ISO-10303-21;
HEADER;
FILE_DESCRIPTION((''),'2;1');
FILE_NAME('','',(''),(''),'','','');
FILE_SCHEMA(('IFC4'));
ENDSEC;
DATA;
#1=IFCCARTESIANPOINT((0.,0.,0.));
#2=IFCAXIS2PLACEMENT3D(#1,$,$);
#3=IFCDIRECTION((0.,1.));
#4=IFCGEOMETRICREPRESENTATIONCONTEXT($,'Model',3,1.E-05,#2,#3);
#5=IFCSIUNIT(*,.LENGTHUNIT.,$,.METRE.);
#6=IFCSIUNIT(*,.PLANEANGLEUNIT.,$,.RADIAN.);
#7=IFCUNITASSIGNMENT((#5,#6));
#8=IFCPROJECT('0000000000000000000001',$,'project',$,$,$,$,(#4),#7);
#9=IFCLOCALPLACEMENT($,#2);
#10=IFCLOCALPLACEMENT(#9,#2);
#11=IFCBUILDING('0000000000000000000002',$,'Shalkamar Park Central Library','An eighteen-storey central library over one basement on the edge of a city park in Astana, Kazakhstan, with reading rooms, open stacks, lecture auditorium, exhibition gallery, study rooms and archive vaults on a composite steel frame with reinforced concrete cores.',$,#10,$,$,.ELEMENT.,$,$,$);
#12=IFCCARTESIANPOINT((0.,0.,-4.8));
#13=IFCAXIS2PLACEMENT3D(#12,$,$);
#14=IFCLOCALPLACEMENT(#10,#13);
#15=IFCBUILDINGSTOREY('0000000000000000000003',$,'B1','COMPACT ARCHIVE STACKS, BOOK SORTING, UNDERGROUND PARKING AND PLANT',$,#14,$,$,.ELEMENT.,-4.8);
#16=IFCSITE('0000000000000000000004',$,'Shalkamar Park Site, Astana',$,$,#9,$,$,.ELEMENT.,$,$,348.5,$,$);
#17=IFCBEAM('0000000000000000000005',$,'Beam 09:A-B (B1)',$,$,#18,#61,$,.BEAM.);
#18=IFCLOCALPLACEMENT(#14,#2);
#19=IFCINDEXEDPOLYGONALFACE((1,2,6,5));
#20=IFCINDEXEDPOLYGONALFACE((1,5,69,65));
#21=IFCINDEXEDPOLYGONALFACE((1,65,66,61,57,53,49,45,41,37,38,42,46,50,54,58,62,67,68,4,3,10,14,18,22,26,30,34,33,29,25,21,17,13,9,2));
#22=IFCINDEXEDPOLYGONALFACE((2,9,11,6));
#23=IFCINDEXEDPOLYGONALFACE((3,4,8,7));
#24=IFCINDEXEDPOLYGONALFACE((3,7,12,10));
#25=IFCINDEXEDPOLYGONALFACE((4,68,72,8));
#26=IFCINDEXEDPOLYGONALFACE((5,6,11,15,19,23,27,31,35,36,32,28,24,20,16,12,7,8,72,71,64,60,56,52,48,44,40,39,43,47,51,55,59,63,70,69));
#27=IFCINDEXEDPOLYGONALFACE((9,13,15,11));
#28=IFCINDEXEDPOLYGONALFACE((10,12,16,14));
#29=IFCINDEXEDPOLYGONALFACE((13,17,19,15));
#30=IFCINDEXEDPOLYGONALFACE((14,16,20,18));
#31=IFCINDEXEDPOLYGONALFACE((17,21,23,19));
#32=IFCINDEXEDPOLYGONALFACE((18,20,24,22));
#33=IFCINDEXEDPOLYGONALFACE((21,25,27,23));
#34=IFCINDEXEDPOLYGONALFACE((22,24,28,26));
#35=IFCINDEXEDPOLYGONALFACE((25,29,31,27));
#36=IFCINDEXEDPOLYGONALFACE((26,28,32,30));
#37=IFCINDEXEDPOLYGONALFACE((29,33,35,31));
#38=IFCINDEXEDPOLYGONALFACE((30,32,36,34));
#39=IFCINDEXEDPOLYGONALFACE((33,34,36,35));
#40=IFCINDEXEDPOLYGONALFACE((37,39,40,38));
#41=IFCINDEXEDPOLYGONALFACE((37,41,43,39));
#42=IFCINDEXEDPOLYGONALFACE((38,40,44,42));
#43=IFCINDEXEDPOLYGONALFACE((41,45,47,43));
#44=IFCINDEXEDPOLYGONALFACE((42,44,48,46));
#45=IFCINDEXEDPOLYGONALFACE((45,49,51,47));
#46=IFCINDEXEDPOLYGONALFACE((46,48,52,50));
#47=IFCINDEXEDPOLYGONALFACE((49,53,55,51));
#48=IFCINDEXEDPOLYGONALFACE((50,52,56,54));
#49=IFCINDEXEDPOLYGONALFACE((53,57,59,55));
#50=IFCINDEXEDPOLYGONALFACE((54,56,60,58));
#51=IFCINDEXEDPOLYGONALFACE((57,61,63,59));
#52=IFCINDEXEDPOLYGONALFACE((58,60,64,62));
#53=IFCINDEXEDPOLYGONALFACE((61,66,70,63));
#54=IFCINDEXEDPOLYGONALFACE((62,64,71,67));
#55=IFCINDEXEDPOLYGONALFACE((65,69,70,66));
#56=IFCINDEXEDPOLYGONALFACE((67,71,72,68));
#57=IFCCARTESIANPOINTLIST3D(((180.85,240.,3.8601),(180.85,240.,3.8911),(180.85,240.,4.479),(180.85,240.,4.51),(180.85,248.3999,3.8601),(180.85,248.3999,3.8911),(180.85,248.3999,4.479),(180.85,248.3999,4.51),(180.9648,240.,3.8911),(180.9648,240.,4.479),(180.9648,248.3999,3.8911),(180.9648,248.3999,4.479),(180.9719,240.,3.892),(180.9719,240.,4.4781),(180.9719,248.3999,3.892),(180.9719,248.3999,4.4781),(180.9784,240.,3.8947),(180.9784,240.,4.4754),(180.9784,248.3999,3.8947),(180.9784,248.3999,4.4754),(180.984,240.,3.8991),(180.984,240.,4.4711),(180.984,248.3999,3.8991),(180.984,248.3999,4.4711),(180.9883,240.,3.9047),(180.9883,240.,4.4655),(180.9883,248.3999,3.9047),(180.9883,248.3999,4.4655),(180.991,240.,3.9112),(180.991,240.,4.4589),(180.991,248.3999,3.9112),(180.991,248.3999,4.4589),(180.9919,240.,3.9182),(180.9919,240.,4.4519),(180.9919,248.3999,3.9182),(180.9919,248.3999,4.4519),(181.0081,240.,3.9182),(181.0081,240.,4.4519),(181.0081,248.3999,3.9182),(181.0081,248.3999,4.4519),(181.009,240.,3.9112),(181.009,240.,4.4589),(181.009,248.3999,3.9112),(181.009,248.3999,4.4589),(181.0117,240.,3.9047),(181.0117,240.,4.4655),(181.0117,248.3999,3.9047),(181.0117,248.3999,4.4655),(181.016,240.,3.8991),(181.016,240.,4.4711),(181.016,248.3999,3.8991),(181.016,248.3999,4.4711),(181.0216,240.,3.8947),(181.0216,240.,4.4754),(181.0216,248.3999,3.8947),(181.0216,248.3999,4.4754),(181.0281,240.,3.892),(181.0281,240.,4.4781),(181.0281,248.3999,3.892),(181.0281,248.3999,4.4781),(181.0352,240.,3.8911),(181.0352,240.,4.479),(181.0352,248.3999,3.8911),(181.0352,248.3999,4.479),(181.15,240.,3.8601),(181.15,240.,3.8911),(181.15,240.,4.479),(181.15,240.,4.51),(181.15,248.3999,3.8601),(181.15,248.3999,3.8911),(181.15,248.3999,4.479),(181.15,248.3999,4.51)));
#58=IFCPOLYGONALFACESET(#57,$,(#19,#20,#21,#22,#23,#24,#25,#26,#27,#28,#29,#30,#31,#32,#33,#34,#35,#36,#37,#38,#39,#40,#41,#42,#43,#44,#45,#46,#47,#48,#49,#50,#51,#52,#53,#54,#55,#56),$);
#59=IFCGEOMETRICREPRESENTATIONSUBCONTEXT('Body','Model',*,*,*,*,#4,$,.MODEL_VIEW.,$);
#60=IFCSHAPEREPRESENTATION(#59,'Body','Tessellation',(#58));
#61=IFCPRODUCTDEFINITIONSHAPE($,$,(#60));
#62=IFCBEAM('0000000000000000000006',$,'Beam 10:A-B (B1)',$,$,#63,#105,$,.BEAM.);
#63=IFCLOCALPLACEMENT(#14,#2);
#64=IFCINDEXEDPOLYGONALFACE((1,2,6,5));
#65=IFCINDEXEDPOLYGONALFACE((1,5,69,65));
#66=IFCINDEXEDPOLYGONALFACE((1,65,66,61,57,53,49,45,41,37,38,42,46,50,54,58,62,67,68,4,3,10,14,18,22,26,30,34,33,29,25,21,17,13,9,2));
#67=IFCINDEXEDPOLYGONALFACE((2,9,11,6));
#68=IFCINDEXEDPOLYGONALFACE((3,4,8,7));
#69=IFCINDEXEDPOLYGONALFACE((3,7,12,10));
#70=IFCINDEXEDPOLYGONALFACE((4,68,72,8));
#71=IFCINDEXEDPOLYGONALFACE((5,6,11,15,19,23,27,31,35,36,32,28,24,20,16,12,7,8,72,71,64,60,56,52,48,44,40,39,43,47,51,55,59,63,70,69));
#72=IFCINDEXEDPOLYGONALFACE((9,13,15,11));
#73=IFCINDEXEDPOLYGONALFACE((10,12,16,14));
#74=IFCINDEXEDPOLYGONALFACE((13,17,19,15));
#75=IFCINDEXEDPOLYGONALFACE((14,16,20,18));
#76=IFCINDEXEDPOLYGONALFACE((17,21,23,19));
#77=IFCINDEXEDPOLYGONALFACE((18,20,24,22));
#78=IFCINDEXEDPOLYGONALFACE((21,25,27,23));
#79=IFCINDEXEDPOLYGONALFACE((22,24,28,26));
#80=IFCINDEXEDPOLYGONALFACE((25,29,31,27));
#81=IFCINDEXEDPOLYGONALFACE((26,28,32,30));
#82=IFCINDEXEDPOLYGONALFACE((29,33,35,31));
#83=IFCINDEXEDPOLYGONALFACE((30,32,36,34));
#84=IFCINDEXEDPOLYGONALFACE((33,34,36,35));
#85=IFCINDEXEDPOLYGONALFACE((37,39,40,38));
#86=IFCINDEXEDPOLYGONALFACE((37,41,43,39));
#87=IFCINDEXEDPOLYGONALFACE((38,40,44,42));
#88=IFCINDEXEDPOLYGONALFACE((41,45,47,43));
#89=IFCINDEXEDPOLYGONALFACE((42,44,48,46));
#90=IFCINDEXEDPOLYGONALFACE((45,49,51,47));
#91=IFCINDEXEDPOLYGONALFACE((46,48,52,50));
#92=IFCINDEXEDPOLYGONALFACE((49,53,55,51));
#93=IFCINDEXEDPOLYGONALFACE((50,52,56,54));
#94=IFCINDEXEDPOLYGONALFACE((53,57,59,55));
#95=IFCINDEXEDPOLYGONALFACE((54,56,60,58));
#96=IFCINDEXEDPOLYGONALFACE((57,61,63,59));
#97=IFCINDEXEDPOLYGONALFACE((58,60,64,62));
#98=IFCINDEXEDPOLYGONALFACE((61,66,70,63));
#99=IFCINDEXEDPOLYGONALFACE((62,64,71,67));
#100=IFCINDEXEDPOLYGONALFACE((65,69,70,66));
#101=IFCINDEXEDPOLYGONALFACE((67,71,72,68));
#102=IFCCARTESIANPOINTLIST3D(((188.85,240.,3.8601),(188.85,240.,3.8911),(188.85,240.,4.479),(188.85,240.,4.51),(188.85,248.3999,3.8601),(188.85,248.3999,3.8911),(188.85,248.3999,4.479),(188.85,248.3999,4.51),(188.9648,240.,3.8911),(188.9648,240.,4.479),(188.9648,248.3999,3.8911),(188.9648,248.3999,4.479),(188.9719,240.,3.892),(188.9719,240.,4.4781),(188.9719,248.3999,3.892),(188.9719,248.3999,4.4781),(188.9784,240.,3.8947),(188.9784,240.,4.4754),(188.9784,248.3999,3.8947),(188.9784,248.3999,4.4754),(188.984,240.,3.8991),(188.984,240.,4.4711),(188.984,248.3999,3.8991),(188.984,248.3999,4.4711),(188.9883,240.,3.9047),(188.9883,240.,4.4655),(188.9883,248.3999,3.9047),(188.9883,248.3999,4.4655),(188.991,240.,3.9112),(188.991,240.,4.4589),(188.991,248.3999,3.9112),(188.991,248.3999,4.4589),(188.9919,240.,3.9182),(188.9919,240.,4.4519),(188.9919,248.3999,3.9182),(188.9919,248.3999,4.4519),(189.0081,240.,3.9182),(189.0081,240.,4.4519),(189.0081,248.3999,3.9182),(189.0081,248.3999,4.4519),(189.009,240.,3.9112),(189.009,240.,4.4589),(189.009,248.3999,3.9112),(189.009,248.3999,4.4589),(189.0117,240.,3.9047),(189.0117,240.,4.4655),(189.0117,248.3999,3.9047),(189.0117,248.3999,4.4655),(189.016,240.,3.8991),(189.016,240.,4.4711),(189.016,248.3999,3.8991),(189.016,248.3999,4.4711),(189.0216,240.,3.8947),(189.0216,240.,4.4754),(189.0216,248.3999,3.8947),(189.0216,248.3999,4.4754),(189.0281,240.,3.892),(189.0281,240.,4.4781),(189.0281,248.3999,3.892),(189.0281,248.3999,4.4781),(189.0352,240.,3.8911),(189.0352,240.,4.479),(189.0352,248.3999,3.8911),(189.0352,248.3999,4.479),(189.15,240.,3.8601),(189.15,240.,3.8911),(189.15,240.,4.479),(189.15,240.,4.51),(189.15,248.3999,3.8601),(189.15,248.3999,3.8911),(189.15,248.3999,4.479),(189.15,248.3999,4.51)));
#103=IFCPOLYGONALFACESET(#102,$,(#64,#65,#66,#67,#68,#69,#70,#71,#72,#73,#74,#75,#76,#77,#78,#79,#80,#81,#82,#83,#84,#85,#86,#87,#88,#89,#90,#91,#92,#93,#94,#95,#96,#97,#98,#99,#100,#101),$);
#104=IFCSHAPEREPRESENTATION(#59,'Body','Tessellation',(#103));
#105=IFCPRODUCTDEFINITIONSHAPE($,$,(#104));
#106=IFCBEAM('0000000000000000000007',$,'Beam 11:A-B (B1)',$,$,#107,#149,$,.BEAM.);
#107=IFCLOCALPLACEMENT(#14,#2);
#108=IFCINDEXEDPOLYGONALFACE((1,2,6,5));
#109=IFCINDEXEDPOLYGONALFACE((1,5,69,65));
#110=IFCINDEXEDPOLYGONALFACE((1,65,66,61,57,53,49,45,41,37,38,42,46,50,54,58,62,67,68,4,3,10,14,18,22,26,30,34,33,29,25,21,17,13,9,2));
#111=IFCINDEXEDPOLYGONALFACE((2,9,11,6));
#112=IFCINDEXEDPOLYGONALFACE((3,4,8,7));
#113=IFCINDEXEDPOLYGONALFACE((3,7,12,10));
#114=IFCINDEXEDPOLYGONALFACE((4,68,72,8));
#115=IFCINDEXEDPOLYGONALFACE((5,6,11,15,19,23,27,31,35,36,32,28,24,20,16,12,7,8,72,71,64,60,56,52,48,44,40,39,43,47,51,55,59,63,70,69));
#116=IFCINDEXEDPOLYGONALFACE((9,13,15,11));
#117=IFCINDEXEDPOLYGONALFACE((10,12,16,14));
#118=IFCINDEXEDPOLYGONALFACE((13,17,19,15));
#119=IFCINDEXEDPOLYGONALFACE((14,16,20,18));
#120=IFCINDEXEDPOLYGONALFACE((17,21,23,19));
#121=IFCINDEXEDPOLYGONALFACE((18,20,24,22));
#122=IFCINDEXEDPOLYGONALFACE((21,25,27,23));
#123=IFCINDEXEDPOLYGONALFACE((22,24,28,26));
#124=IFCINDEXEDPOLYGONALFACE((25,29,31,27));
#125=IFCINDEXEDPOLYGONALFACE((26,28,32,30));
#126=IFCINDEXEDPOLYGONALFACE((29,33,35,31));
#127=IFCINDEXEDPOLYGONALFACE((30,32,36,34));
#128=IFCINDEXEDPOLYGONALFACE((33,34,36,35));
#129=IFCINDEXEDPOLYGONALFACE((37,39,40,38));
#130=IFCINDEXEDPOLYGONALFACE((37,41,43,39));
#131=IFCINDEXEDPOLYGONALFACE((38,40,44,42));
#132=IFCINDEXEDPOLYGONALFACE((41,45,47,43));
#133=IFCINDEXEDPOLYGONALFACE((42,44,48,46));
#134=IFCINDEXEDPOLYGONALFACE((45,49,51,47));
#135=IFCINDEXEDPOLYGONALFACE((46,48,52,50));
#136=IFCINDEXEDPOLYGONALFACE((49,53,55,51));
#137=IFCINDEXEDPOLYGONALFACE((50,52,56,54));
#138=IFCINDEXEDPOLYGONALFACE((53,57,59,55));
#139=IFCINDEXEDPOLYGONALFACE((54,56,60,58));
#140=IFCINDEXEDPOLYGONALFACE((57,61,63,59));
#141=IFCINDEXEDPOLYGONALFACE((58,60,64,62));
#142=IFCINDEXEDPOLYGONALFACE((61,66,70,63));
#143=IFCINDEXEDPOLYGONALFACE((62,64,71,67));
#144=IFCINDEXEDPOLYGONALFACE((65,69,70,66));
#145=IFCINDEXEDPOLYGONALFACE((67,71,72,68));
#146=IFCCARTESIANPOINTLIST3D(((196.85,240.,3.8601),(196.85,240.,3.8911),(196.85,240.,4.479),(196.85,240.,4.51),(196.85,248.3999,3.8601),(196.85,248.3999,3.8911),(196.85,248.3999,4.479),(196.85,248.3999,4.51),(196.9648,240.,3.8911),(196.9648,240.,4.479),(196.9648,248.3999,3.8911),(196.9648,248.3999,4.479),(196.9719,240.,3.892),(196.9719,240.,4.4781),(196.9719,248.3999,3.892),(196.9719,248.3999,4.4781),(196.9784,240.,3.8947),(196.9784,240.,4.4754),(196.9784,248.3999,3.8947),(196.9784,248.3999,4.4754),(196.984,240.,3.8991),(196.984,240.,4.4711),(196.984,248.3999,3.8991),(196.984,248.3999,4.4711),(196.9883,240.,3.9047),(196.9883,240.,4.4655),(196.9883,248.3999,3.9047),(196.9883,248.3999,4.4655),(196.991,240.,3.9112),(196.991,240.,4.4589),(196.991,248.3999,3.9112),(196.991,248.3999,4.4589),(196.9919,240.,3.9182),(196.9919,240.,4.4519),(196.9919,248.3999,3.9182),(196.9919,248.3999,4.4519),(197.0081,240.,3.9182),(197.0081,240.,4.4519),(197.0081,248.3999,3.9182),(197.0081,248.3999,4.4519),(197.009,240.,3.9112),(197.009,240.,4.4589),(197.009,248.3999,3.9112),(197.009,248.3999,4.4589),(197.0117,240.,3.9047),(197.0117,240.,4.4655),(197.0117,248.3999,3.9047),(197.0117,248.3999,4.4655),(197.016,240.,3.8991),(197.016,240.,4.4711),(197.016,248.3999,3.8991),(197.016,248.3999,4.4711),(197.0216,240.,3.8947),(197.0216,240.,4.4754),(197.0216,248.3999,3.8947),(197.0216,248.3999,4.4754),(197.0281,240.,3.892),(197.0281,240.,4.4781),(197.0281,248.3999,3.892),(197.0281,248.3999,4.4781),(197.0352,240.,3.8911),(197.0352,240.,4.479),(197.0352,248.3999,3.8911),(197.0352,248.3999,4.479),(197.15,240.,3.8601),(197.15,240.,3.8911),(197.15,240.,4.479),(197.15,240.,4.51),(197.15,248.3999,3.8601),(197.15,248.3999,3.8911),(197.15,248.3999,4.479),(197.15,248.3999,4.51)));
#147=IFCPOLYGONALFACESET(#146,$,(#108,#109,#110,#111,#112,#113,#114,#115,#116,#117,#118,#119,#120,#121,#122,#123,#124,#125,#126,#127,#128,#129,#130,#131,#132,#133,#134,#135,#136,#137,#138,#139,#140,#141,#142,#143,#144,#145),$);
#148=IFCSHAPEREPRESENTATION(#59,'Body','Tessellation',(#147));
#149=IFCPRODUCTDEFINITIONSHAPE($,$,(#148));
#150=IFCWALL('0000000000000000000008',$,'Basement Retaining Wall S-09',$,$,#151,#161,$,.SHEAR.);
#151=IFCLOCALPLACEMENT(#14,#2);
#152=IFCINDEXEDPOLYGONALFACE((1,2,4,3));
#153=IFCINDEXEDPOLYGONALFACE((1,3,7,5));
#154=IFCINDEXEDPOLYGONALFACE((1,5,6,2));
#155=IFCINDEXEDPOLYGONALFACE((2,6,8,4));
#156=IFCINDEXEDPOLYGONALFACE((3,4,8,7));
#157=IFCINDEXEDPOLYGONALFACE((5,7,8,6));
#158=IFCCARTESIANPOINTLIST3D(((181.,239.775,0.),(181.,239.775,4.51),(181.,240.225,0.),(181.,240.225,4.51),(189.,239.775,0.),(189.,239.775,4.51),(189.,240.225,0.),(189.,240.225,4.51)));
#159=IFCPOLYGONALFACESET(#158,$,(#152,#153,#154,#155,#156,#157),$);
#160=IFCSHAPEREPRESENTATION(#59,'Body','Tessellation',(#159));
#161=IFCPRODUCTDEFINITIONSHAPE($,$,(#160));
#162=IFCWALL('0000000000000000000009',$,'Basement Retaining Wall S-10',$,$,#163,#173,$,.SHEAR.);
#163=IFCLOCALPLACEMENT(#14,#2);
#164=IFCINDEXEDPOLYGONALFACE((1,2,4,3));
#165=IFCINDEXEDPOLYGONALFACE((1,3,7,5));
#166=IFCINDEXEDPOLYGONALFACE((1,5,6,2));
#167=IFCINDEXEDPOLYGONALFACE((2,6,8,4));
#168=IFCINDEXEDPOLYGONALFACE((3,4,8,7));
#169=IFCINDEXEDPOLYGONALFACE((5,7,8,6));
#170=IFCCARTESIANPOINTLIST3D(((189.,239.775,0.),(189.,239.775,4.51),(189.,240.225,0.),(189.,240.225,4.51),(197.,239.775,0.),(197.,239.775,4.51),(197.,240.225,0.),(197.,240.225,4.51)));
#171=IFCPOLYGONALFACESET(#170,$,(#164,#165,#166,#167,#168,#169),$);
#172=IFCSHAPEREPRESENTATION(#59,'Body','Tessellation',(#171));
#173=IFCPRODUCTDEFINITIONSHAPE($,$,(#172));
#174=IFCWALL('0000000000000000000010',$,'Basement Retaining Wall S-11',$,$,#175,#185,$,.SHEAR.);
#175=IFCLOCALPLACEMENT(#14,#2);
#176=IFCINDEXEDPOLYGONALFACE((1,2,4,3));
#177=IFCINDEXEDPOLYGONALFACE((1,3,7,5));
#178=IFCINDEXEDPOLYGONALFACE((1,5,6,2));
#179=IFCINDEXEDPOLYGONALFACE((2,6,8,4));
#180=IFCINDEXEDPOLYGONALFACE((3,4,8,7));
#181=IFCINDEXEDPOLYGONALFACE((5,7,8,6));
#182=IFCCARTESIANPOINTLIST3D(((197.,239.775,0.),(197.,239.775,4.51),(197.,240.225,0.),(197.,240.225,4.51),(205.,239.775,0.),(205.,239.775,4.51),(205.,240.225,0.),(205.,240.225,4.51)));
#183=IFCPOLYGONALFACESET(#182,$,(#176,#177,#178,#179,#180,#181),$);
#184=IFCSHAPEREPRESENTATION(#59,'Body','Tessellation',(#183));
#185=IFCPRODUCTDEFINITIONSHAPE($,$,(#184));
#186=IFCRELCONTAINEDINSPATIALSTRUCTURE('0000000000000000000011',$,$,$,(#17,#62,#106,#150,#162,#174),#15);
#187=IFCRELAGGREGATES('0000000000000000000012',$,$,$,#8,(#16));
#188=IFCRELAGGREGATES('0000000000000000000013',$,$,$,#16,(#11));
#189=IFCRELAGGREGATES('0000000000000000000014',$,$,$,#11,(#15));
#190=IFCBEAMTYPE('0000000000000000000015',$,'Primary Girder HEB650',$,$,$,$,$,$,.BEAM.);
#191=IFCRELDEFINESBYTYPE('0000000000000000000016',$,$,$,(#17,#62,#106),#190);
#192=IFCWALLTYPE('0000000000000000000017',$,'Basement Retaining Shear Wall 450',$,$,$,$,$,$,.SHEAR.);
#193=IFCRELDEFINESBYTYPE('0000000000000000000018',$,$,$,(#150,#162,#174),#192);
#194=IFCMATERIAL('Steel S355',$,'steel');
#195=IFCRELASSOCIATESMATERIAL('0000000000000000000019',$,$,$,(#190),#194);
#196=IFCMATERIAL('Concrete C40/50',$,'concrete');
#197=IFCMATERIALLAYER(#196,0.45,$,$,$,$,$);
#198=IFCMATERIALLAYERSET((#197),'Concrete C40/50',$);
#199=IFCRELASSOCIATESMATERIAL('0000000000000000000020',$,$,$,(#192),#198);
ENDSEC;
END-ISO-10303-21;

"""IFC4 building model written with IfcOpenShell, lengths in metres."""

from ifc_helpers import new_model, si_unit, direction, frame, frame_2d, origin, origin_2d, place, context, subcontext, project, spatial, rectangle, i_section, extrude, material, layer, layer_set, material_profile, profile_set, type_object, element, save


model = new_model("IFC4")

# Units and contexts
model_context = context("Model", 3, precision=1e-05, world=origin(), true_north=direction((0.0, 1.0)))
body_context = subcontext(model_context, "Body", "Model", "MODEL_VIEW")
ifc_project = project(units=[si_unit("LENGTHUNIT", "METRE"), si_unit("PLANEANGLEUNIT", "RADIAN")], contexts=[model_context])

# Site, building, storey
site_placement = place(None, origin())
site = spatial("IfcSite", under=ifc_project, at=site_placement, Name="Shalkamar Park Site, Astana", CompositionType="ELEMENT", RefElevation=348.5)
building_placement = place(site_placement, origin())
building = spatial("IfcBuilding", under=site, at=building_placement, Name="Shalkamar Park Central Library", Description="An eighteen-storey central library over one basement on the edge of a city park in Astana, Kazakhstan, with reading rooms, open stacks, lecture auditorium, exhibition gallery, study rooms and archive vaults on a composite steel frame with reinforced concrete cores.", CompositionType="ELEMENT")
storey_placement = place(building_placement, frame((0.0, 0.0, -4.8)))
storey = spatial("IfcBuildingStorey", under=building, at=storey_placement, Name="B1", Description="COMPACT ARCHIVE STACKS, BOOK SORTING, UNDERGROUND PARKING AND PLANT", CompositionType="ELEMENT", Elevation=-4.8)

# Shared definitions
ifc_material_1 = material(Name="Concrete C40/50", Category="concrete")

# Beams
ifc_material_2 = material(Name="Steel S355", Category="steel")
ifc_material_profile_1 = material_profile(ifc_material_2, i_section(OverallWidth=0.3, OverallDepth=0.6499, WebThickness=0.0161, FlangeThickness=0.031, FilletRadius=0.0271, at=origin_2d()), Name="HEB 650")
ifc_profile_set_1 = profile_set([ifc_material_profile_1], Name="Steel S355")
beam_type_1 = type_object("IfcBeamType", Name="Primary Girder HEB650", PredefinedType="BEAM", material=ifc_profile_set_1)
for number, where, z_axis, x_axis, name in (
    (1, (181.0, 240.0, 4.1851), (0.0, 1.0, 0.0), (-1.0, 0.0, 0.0), "Beam 09:A-B (B1)"),
    (2, (189.0, 240.0, 4.1851), (0.0, 1.0, 0.0), (-1.0, 0.0, 0.0), "Beam 10:A-B (B1)"),
    (3, (197.0, 240.0, 4.1851), (0.0, 1.0, 0.0), (-1.0, 0.0, 0.0), "Beam 11:A-B (B1)"),
):
    element("IfcBeam", number, at=place(storey_placement, frame(where, z_axis=z_axis, x_axis=x_axis)), inside=storey, type_object=beam_type_1, Name=name, PredefinedType="BEAM", context=body_context, shape_type="SweptSolid", body=[
        extrude(i_section(OverallWidth=0.3, OverallDepth=0.6499, WebThickness=0.0161, FlangeThickness=0.031, FilletRadius=0.0271, at=origin_2d()), origin(), (0.0, 0.0, 1.0), 8.3999),
    ])

# Walls
ifc_layer = layer(ifc_material_1, 0.45)
ifc_layer_set = layer_set([ifc_layer], Name="Concrete C40/50")
wall_type = type_object("IfcWallType", Name="Basement Retaining Shear Wall 450", PredefinedType="SHEAR", material=ifc_layer_set)
for number, where, z_axis, x_axis, name in (
    (4, (181.0, 240.0, 0.0), (0.0, 0.0, 1.0), (1.0, 0.0, 0.0), "Basement Retaining Wall S-09"),
    (5, (189.0, 240.0, 0.0), (0.0, 0.0, 1.0), (1.0, 0.0, 0.0), "Basement Retaining Wall S-10"),
    (6, (197.0, 240.0, 0.0), (0.0, 0.0, 1.0), (1.0, 0.0, 0.0), "Basement Retaining Wall S-11"),
):
    element("IfcWall", number, at=place(storey_placement, frame(where, z_axis=z_axis, x_axis=x_axis)), inside=storey, type_object=wall_type, Name=name, PredefinedType="SHEAR", context=body_context, shape_type="SweptSolid", body=[
        extrude(rectangle(XDim=8.0, YDim=0.45, at=frame_2d((4.0, 0.0))), origin(), (0.0, 0.0, 1.0), 4.51),
    ])

save(model, "model.ifc")
